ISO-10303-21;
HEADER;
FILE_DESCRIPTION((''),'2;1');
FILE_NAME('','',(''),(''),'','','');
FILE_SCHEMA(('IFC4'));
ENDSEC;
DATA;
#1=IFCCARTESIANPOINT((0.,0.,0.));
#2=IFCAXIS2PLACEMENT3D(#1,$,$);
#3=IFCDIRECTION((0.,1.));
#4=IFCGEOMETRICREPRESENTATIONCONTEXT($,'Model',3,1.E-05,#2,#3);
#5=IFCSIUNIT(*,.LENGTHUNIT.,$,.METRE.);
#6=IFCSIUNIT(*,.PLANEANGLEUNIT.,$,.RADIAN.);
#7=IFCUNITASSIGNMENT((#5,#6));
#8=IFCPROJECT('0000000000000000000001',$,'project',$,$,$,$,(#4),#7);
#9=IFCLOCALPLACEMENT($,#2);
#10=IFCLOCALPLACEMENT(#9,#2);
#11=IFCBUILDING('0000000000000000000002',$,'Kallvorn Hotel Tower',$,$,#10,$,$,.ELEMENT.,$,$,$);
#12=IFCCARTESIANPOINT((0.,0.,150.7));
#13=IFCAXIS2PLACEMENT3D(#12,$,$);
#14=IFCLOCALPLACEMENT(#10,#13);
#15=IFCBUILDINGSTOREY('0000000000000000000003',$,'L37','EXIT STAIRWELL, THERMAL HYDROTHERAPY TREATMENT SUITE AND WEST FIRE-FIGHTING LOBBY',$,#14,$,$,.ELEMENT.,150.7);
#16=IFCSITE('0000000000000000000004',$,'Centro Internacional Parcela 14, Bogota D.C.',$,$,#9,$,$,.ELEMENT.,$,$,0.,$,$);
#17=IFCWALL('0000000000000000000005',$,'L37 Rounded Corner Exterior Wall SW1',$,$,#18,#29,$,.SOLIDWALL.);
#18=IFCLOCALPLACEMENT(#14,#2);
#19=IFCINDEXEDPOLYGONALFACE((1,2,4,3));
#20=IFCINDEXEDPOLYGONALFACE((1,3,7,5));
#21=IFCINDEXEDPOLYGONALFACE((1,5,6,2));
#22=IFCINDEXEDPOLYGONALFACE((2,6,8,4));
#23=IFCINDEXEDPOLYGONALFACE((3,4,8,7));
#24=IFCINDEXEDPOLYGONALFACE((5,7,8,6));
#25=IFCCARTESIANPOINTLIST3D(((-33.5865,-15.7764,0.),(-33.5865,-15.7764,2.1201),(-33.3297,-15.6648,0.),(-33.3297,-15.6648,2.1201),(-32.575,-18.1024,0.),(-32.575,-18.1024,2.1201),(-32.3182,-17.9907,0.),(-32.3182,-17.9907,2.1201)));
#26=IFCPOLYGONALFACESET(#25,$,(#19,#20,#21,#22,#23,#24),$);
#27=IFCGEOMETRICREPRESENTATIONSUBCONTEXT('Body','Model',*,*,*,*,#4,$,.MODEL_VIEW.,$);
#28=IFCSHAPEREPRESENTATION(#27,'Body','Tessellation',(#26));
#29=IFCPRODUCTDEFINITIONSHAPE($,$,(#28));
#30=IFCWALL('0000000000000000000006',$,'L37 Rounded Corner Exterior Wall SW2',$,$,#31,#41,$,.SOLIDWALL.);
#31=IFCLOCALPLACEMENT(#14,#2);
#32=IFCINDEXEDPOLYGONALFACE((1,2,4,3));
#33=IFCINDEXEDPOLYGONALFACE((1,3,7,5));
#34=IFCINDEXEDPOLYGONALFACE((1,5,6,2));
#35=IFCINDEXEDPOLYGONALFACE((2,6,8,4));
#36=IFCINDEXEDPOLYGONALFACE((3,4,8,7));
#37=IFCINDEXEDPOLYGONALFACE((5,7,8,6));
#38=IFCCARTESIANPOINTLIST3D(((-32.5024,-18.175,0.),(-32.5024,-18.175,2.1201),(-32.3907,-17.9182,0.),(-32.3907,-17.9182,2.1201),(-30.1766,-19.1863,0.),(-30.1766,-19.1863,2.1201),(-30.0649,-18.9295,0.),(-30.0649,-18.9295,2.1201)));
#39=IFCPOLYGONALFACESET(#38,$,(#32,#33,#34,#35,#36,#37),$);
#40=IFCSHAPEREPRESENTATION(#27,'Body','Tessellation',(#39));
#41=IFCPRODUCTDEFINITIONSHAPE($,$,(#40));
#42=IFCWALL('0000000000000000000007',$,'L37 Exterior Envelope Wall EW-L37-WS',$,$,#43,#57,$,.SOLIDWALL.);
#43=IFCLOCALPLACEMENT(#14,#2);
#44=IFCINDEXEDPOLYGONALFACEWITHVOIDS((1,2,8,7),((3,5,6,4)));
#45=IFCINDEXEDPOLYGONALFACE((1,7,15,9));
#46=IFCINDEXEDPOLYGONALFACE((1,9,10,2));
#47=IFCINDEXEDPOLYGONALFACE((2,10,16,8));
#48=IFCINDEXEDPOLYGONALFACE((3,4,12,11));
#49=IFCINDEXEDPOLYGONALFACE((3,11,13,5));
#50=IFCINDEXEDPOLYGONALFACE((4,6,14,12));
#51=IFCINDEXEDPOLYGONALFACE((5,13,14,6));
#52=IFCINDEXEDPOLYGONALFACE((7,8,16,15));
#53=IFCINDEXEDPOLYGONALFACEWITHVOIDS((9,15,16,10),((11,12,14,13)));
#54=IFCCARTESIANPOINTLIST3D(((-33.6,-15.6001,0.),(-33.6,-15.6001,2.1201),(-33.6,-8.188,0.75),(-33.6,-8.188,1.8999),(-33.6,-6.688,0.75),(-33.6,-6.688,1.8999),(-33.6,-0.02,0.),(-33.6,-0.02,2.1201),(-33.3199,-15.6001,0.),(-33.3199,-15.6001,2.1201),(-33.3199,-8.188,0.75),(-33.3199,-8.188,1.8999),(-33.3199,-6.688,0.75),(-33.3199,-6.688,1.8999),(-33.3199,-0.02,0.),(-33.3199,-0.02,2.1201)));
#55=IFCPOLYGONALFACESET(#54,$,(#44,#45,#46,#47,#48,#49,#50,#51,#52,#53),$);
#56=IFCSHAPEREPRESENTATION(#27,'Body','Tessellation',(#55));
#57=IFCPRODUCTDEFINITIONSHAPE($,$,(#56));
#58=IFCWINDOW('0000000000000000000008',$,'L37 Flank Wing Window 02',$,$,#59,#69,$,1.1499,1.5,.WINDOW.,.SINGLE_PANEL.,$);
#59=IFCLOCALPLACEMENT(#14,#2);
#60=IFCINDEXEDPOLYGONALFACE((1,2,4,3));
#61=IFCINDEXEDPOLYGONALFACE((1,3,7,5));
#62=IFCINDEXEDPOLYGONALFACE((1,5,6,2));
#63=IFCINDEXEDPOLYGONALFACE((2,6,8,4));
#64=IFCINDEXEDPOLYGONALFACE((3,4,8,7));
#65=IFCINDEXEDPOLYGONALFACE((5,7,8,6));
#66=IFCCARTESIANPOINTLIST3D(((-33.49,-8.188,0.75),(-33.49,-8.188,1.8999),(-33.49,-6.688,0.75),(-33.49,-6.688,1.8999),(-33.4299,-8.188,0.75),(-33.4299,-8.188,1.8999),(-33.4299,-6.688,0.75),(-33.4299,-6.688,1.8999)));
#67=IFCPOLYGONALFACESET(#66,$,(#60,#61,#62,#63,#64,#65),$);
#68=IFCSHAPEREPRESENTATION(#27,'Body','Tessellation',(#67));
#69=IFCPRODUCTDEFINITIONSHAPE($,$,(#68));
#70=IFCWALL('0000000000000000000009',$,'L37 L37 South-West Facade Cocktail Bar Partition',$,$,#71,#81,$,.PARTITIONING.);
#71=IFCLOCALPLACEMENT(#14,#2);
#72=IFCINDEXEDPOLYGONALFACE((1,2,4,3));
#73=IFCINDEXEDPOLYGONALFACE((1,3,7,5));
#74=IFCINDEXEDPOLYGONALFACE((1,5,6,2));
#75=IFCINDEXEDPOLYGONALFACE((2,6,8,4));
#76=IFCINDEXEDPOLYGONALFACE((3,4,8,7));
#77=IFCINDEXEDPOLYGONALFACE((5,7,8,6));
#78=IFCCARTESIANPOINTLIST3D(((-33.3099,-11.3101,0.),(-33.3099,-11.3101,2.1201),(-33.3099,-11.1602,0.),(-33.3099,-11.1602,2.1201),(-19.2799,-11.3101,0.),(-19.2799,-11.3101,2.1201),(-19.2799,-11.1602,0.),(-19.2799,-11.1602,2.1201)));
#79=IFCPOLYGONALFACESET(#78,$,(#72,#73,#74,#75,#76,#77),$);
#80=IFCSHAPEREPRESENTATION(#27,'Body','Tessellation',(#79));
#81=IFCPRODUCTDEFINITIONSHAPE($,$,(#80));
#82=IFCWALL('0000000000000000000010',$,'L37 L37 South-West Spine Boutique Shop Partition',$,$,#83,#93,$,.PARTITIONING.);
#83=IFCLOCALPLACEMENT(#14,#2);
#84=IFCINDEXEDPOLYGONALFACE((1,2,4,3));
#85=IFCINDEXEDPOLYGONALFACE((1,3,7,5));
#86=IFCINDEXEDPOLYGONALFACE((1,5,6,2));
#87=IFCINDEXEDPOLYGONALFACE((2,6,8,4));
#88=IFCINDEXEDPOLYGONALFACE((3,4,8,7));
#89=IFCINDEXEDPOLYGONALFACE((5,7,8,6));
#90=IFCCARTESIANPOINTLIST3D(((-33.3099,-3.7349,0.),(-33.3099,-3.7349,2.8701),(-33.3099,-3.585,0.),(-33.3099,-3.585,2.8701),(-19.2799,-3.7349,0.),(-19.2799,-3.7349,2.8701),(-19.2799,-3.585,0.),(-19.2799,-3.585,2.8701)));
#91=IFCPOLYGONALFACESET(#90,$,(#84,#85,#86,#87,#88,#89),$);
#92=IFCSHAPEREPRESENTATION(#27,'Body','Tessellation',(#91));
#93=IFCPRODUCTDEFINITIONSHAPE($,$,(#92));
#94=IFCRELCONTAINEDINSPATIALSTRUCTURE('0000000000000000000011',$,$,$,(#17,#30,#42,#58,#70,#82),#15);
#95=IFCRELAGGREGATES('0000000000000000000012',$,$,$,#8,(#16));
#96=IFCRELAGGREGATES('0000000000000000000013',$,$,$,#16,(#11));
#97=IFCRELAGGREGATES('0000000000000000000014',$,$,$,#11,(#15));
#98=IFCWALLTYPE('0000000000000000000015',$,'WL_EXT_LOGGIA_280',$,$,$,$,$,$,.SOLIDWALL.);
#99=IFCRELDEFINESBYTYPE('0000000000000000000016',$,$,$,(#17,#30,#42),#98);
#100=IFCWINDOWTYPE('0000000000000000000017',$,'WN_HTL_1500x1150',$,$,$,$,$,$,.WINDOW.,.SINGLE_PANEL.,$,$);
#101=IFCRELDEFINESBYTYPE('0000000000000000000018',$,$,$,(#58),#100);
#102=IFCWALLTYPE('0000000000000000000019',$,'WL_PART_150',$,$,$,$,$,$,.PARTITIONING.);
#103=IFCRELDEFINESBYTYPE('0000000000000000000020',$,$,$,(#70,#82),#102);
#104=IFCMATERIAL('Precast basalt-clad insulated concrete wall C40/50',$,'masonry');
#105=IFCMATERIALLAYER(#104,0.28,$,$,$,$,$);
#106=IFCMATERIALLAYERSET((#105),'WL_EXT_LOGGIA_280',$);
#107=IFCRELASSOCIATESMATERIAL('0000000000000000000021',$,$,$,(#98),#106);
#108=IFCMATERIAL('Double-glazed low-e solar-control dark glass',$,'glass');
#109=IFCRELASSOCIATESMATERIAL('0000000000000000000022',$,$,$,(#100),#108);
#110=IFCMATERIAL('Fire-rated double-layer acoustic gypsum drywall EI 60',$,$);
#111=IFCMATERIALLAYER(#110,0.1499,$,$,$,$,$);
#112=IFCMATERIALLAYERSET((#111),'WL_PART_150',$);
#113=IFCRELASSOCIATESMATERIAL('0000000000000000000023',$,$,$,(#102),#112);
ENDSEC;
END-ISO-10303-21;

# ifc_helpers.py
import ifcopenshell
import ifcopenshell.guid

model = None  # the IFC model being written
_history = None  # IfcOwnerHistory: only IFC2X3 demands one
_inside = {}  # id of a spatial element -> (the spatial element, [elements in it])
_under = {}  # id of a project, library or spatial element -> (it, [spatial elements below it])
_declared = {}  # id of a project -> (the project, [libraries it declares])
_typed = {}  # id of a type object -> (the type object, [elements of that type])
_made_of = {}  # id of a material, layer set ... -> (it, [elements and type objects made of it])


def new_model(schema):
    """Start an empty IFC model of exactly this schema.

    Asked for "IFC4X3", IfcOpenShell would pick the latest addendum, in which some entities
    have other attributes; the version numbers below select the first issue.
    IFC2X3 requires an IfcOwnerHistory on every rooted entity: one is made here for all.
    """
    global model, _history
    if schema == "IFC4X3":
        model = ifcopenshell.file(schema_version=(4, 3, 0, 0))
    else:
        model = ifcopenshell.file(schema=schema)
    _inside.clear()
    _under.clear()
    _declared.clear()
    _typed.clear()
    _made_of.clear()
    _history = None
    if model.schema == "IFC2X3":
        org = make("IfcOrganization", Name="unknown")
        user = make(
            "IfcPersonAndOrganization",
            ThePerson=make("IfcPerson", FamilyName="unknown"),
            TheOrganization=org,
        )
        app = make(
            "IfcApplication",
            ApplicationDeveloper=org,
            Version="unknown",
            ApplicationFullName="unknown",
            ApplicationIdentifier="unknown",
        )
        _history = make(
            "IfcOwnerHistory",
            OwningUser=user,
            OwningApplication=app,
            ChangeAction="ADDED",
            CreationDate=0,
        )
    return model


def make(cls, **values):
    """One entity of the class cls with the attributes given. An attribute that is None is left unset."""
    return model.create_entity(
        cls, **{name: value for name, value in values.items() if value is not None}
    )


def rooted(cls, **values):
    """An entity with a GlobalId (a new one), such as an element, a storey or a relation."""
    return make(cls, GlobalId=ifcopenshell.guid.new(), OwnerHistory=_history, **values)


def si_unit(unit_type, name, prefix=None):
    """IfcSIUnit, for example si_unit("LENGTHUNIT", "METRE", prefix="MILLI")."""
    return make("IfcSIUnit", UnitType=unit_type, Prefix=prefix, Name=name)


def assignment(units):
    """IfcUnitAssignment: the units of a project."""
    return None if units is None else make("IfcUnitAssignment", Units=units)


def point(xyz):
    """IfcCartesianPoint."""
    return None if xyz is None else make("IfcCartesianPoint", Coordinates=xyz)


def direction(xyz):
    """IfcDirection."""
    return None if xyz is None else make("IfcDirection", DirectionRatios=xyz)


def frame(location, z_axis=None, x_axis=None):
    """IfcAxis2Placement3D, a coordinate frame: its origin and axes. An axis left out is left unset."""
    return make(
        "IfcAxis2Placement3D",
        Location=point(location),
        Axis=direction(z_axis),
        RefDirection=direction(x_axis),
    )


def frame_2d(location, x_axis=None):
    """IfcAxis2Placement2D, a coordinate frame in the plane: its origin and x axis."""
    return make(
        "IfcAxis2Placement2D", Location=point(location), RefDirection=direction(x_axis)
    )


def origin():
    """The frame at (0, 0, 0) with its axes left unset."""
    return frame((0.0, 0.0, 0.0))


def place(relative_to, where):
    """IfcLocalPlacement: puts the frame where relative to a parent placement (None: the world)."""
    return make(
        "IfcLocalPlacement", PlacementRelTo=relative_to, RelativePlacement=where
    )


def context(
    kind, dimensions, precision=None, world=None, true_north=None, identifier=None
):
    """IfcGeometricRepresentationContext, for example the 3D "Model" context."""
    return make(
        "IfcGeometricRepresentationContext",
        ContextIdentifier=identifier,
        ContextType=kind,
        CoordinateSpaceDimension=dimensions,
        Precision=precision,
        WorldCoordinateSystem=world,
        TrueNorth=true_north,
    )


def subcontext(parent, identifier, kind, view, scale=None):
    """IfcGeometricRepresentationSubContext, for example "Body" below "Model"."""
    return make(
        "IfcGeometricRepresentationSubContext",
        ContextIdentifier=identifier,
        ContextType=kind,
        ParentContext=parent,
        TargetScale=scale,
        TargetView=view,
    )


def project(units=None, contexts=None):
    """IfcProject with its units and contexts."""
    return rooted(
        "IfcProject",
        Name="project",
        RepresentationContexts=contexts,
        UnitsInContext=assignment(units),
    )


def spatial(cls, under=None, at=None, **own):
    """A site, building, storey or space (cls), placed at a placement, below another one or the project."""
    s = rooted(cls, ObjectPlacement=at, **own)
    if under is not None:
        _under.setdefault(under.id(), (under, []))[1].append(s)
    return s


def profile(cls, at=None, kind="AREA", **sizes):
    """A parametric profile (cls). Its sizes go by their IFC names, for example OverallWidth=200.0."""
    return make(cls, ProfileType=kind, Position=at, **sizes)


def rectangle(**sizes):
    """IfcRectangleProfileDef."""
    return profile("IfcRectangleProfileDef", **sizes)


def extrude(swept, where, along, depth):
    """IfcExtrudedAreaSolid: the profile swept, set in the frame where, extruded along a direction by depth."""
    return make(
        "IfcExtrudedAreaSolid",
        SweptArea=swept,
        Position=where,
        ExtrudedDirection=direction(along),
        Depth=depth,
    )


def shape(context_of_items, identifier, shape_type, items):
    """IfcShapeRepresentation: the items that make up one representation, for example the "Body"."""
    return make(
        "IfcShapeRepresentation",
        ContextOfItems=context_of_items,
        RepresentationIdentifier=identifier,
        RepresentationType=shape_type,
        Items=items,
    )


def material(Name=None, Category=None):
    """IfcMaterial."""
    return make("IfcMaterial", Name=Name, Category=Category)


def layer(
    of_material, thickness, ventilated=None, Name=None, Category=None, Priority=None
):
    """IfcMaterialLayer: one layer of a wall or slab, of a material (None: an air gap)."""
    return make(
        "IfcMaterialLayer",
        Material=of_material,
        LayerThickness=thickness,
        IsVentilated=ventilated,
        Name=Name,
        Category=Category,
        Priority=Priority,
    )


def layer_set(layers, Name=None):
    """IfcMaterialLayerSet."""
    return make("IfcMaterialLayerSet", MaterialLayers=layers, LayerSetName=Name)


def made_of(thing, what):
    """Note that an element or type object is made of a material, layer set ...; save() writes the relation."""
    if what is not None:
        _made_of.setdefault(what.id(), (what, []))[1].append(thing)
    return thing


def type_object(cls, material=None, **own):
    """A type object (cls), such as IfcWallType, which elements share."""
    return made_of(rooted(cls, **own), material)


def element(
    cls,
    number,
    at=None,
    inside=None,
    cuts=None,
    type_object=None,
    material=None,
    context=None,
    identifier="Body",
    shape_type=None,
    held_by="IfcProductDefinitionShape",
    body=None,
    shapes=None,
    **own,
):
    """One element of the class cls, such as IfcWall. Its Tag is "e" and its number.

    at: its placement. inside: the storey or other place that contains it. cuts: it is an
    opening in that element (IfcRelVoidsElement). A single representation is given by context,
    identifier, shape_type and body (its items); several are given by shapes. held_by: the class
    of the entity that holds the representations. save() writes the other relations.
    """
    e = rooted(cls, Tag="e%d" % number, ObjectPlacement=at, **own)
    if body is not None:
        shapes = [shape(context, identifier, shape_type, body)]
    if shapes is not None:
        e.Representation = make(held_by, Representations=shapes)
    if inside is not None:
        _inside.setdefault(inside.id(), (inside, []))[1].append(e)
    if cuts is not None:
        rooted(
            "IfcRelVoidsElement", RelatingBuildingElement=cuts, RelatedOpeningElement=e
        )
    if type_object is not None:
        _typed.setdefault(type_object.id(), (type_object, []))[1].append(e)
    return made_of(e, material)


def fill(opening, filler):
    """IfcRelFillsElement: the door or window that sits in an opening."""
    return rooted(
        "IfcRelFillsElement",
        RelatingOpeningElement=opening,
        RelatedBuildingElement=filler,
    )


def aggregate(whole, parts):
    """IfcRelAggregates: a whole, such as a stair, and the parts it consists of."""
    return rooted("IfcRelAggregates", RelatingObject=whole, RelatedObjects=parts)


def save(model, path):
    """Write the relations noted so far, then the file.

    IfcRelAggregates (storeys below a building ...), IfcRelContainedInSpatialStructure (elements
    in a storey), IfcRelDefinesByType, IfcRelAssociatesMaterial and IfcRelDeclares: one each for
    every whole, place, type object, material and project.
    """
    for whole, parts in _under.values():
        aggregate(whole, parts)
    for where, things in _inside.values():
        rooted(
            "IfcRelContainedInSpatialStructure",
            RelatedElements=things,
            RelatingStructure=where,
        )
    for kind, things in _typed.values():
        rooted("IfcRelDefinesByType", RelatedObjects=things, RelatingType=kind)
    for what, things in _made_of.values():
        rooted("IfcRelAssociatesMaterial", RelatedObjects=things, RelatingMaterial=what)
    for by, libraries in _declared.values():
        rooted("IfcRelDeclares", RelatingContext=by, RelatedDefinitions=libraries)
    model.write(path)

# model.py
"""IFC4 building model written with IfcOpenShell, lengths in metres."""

from ifc_helpers import new_model, si_unit, direction, frame, frame_2d, origin, place, context, subcontext, project, spatial, rectangle, extrude, material, layer, layer_set, type_object, element, fill, save


model = new_model("IFC4")

# Units and contexts
model_context = context("Model", 3, precision=1e-05, world=origin(), true_north=direction((0.0, 1.0)))
body_context = subcontext(model_context, "Body", "Model", "MODEL_VIEW")
ifc_project = project(units=[si_unit("LENGTHUNIT", "METRE"), si_unit("PLANEANGLEUNIT", "RADIAN")], contexts=[model_context])

# Site, building, storey
site_placement = place(None, origin())
site = spatial("IfcSite", under=ifc_project, at=site_placement, Name="Centro Internacional Parcela 14, Bogota D.C.", CompositionType="ELEMENT", RefElevation=0.0)
building_placement = place(site_placement, origin())
building = spatial("IfcBuilding", under=site, at=building_placement, Name="Kallvorn Hotel Tower", CompositionType="ELEMENT")
storey_placement = place(building_placement, frame((0.0, 0.0, 150.7)))
storey = spatial("IfcBuildingStorey", under=building, at=storey_placement, Name="L37", Description="EXIT STAIRWELL, THERMAL HYDROTHERAPY TREATMENT SUITE AND WEST FIRE-FIGHTING LOBBY", CompositionType="ELEMENT", Elevation=150.7)

# Walls
ifc_material_1 = material(Name="Precast basalt-clad insulated concrete wall C40/50", Category="masonry")
ifc_layer_1 = layer(ifc_material_1, 0.28)
ifc_layer_set_1 = layer_set([ifc_layer_1], Name="WL_EXT_LOGGIA_280")
wall_type_1 = type_object("IfcWallType", Name="WL_EXT_LOGGIA_280", PredefinedType="SOLIDWALL", material=ifc_layer_set_1)
wall_1_placement = place(storey_placement, frame((-33.458, -15.7207, 0.0), z_axis=(0.0, 0.0, 1.0), x_axis=(0.398793, -0.917041, 0.0)))
element("IfcWall", 1, at=wall_1_placement, inside=storey, type_object=wall_type_1, Name="L37 Rounded Corner Exterior Wall SW1", PredefinedType="SOLIDWALL", context=body_context, shape_type="SweptSolid", body=[
    extrude(rectangle(XDim=2.5364, YDim=0.28, at=frame_2d((1.2681, 0.0))), origin(), (0.0, 0.0, 1.0), 2.1201),
])
wall_2_placement = place(storey_placement, frame((-32.4465, -18.0466, 0.0), z_axis=(0.0, 0.0, 1.0), x_axis=(0.917061, -0.398747, 0.0)))
element("IfcWall", 2, at=wall_2_placement, inside=storey, type_object=wall_type_1, Name="L37 Rounded Corner Exterior Wall SW2", PredefinedType="SOLIDWALL", context=body_context, shape_type="SweptSolid", body=[
    extrude(rectangle(XDim=2.5361, YDim=0.28, at=frame_2d((1.2681, 0.0))), origin(), (0.0, 0.0, 1.0), 2.1201),
])

# Wall, opening, window
wall_3_placement = place(storey_placement, frame((-33.46, -15.6001, 0.0), z_axis=(0.0, 0.0, 1.0), x_axis=(0.0, 1.0, 0.0)))
wall_3 = element("IfcWall", 3, at=wall_3_placement, inside=storey, type_object=wall_type_1, Name="L37 Exterior Envelope Wall EW-L37-WS", PredefinedType="SOLIDWALL", context=body_context, shape_type="SweptSolid", body=[
    extrude(rectangle(XDim=15.5801, YDim=0.28, at=frame_2d((7.79, 0.0))), origin(), (0.0, 0.0, 1.0), 2.1201),
])
opening_placement = place(wall_3_placement, frame((7.4121, 0.0, 0.75)))
opening = element("IfcOpeningElement", 4, at=opening_placement, cuts=wall_3, PredefinedType="OPENING", context=body_context, shape_type="SweptSolid", body=[
    extrude(rectangle(XDim=1.5, YDim=1.1499, at=frame_2d((0.75, 0.575))), frame((0.0, 0.155, 0.0), z_axis=(0.0, -1.0, 0.0), x_axis=(1.0, 0.0, 0.0)), (0.0, 0.0, 1.0), 0.3101),
])
ifc_material_2 = material(Name="Double-glazed low-e solar-control dark glass", Category="glass")
window_type = type_object("IfcWindowType", Name="WN_HTL_1500x1150", PartitioningType="SINGLE_PANEL", PredefinedType="WINDOW", material=ifc_material_2)
window_placement = place(opening_placement, origin())
window = element("IfcWindow", 5, at=window_placement, inside=storey, type_object=window_type, Name="L37 Flank Wing Window 02", OverallHeight=1.1499, OverallWidth=1.5, PartitioningType="SINGLE_PANEL", PredefinedType="WINDOW", context=body_context, shape_type="SweptSolid", body=[
    extrude(rectangle(XDim=1.5, YDim=1.1499, at=frame_2d((0.75, 0.575))), frame((0.0, 0.03, 0.0), z_axis=(0.0, -1.0, 0.0), x_axis=(1.0, 0.0, 0.0)), (0.0, 0.0, 1.0), 0.0601),
])
fill(opening, window)

# Walls
ifc_material_3 = material(Name="Fire-rated double-layer acoustic gypsum drywall EI 60")
ifc_layer_2 = layer(ifc_material_3, 0.1499)
ifc_layer_set_2 = layer_set([ifc_layer_2], Name="WL_PART_150")
wall_type_2 = type_object("IfcWallType", Name="WL_PART_150", PredefinedType="PARTITIONING", material=ifc_layer_set_2)
wall_4_placement = place(storey_placement, frame((-33.3101, -11.2351, 0.0), z_axis=(0.0, 0.0, 1.0), x_axis=(1.0, 0.0, 0.0)))
element("IfcWall", 6, at=wall_4_placement, inside=storey, type_object=wall_type_2, Name="L37 L37 South-West Facade Cocktail Bar Partition", PredefinedType="PARTITIONING", context=body_context, shape_type="SweptSolid", body=[
    extrude(rectangle(XDim=14.03, YDim=0.1499, at=frame_2d((7.0151, 0.0))), origin(), (0.0, 0.0, 1.0), 2.1201),
])
wall_5_placement = place(storey_placement, frame((-33.3101, -3.6599, 0.0), z_axis=(0.0, 0.0, 1.0), x_axis=(1.0, 0.0, 0.0)))
element("IfcWall", 7, at=wall_5_placement, inside=storey, type_object=wall_type_2, Name="L37 L37 South-West Spine Boutique Shop Partition", PredefinedType="PARTITIONING", context=body_context, shape_type="SweptSolid", body=[
    extrude(rectangle(XDim=14.03, YDim=0.1499, at=frame_2d((7.0151, 0.0))), origin(), (0.0, 0.0, 1.0), 2.8701),
])

save(model, "model.ifc")
